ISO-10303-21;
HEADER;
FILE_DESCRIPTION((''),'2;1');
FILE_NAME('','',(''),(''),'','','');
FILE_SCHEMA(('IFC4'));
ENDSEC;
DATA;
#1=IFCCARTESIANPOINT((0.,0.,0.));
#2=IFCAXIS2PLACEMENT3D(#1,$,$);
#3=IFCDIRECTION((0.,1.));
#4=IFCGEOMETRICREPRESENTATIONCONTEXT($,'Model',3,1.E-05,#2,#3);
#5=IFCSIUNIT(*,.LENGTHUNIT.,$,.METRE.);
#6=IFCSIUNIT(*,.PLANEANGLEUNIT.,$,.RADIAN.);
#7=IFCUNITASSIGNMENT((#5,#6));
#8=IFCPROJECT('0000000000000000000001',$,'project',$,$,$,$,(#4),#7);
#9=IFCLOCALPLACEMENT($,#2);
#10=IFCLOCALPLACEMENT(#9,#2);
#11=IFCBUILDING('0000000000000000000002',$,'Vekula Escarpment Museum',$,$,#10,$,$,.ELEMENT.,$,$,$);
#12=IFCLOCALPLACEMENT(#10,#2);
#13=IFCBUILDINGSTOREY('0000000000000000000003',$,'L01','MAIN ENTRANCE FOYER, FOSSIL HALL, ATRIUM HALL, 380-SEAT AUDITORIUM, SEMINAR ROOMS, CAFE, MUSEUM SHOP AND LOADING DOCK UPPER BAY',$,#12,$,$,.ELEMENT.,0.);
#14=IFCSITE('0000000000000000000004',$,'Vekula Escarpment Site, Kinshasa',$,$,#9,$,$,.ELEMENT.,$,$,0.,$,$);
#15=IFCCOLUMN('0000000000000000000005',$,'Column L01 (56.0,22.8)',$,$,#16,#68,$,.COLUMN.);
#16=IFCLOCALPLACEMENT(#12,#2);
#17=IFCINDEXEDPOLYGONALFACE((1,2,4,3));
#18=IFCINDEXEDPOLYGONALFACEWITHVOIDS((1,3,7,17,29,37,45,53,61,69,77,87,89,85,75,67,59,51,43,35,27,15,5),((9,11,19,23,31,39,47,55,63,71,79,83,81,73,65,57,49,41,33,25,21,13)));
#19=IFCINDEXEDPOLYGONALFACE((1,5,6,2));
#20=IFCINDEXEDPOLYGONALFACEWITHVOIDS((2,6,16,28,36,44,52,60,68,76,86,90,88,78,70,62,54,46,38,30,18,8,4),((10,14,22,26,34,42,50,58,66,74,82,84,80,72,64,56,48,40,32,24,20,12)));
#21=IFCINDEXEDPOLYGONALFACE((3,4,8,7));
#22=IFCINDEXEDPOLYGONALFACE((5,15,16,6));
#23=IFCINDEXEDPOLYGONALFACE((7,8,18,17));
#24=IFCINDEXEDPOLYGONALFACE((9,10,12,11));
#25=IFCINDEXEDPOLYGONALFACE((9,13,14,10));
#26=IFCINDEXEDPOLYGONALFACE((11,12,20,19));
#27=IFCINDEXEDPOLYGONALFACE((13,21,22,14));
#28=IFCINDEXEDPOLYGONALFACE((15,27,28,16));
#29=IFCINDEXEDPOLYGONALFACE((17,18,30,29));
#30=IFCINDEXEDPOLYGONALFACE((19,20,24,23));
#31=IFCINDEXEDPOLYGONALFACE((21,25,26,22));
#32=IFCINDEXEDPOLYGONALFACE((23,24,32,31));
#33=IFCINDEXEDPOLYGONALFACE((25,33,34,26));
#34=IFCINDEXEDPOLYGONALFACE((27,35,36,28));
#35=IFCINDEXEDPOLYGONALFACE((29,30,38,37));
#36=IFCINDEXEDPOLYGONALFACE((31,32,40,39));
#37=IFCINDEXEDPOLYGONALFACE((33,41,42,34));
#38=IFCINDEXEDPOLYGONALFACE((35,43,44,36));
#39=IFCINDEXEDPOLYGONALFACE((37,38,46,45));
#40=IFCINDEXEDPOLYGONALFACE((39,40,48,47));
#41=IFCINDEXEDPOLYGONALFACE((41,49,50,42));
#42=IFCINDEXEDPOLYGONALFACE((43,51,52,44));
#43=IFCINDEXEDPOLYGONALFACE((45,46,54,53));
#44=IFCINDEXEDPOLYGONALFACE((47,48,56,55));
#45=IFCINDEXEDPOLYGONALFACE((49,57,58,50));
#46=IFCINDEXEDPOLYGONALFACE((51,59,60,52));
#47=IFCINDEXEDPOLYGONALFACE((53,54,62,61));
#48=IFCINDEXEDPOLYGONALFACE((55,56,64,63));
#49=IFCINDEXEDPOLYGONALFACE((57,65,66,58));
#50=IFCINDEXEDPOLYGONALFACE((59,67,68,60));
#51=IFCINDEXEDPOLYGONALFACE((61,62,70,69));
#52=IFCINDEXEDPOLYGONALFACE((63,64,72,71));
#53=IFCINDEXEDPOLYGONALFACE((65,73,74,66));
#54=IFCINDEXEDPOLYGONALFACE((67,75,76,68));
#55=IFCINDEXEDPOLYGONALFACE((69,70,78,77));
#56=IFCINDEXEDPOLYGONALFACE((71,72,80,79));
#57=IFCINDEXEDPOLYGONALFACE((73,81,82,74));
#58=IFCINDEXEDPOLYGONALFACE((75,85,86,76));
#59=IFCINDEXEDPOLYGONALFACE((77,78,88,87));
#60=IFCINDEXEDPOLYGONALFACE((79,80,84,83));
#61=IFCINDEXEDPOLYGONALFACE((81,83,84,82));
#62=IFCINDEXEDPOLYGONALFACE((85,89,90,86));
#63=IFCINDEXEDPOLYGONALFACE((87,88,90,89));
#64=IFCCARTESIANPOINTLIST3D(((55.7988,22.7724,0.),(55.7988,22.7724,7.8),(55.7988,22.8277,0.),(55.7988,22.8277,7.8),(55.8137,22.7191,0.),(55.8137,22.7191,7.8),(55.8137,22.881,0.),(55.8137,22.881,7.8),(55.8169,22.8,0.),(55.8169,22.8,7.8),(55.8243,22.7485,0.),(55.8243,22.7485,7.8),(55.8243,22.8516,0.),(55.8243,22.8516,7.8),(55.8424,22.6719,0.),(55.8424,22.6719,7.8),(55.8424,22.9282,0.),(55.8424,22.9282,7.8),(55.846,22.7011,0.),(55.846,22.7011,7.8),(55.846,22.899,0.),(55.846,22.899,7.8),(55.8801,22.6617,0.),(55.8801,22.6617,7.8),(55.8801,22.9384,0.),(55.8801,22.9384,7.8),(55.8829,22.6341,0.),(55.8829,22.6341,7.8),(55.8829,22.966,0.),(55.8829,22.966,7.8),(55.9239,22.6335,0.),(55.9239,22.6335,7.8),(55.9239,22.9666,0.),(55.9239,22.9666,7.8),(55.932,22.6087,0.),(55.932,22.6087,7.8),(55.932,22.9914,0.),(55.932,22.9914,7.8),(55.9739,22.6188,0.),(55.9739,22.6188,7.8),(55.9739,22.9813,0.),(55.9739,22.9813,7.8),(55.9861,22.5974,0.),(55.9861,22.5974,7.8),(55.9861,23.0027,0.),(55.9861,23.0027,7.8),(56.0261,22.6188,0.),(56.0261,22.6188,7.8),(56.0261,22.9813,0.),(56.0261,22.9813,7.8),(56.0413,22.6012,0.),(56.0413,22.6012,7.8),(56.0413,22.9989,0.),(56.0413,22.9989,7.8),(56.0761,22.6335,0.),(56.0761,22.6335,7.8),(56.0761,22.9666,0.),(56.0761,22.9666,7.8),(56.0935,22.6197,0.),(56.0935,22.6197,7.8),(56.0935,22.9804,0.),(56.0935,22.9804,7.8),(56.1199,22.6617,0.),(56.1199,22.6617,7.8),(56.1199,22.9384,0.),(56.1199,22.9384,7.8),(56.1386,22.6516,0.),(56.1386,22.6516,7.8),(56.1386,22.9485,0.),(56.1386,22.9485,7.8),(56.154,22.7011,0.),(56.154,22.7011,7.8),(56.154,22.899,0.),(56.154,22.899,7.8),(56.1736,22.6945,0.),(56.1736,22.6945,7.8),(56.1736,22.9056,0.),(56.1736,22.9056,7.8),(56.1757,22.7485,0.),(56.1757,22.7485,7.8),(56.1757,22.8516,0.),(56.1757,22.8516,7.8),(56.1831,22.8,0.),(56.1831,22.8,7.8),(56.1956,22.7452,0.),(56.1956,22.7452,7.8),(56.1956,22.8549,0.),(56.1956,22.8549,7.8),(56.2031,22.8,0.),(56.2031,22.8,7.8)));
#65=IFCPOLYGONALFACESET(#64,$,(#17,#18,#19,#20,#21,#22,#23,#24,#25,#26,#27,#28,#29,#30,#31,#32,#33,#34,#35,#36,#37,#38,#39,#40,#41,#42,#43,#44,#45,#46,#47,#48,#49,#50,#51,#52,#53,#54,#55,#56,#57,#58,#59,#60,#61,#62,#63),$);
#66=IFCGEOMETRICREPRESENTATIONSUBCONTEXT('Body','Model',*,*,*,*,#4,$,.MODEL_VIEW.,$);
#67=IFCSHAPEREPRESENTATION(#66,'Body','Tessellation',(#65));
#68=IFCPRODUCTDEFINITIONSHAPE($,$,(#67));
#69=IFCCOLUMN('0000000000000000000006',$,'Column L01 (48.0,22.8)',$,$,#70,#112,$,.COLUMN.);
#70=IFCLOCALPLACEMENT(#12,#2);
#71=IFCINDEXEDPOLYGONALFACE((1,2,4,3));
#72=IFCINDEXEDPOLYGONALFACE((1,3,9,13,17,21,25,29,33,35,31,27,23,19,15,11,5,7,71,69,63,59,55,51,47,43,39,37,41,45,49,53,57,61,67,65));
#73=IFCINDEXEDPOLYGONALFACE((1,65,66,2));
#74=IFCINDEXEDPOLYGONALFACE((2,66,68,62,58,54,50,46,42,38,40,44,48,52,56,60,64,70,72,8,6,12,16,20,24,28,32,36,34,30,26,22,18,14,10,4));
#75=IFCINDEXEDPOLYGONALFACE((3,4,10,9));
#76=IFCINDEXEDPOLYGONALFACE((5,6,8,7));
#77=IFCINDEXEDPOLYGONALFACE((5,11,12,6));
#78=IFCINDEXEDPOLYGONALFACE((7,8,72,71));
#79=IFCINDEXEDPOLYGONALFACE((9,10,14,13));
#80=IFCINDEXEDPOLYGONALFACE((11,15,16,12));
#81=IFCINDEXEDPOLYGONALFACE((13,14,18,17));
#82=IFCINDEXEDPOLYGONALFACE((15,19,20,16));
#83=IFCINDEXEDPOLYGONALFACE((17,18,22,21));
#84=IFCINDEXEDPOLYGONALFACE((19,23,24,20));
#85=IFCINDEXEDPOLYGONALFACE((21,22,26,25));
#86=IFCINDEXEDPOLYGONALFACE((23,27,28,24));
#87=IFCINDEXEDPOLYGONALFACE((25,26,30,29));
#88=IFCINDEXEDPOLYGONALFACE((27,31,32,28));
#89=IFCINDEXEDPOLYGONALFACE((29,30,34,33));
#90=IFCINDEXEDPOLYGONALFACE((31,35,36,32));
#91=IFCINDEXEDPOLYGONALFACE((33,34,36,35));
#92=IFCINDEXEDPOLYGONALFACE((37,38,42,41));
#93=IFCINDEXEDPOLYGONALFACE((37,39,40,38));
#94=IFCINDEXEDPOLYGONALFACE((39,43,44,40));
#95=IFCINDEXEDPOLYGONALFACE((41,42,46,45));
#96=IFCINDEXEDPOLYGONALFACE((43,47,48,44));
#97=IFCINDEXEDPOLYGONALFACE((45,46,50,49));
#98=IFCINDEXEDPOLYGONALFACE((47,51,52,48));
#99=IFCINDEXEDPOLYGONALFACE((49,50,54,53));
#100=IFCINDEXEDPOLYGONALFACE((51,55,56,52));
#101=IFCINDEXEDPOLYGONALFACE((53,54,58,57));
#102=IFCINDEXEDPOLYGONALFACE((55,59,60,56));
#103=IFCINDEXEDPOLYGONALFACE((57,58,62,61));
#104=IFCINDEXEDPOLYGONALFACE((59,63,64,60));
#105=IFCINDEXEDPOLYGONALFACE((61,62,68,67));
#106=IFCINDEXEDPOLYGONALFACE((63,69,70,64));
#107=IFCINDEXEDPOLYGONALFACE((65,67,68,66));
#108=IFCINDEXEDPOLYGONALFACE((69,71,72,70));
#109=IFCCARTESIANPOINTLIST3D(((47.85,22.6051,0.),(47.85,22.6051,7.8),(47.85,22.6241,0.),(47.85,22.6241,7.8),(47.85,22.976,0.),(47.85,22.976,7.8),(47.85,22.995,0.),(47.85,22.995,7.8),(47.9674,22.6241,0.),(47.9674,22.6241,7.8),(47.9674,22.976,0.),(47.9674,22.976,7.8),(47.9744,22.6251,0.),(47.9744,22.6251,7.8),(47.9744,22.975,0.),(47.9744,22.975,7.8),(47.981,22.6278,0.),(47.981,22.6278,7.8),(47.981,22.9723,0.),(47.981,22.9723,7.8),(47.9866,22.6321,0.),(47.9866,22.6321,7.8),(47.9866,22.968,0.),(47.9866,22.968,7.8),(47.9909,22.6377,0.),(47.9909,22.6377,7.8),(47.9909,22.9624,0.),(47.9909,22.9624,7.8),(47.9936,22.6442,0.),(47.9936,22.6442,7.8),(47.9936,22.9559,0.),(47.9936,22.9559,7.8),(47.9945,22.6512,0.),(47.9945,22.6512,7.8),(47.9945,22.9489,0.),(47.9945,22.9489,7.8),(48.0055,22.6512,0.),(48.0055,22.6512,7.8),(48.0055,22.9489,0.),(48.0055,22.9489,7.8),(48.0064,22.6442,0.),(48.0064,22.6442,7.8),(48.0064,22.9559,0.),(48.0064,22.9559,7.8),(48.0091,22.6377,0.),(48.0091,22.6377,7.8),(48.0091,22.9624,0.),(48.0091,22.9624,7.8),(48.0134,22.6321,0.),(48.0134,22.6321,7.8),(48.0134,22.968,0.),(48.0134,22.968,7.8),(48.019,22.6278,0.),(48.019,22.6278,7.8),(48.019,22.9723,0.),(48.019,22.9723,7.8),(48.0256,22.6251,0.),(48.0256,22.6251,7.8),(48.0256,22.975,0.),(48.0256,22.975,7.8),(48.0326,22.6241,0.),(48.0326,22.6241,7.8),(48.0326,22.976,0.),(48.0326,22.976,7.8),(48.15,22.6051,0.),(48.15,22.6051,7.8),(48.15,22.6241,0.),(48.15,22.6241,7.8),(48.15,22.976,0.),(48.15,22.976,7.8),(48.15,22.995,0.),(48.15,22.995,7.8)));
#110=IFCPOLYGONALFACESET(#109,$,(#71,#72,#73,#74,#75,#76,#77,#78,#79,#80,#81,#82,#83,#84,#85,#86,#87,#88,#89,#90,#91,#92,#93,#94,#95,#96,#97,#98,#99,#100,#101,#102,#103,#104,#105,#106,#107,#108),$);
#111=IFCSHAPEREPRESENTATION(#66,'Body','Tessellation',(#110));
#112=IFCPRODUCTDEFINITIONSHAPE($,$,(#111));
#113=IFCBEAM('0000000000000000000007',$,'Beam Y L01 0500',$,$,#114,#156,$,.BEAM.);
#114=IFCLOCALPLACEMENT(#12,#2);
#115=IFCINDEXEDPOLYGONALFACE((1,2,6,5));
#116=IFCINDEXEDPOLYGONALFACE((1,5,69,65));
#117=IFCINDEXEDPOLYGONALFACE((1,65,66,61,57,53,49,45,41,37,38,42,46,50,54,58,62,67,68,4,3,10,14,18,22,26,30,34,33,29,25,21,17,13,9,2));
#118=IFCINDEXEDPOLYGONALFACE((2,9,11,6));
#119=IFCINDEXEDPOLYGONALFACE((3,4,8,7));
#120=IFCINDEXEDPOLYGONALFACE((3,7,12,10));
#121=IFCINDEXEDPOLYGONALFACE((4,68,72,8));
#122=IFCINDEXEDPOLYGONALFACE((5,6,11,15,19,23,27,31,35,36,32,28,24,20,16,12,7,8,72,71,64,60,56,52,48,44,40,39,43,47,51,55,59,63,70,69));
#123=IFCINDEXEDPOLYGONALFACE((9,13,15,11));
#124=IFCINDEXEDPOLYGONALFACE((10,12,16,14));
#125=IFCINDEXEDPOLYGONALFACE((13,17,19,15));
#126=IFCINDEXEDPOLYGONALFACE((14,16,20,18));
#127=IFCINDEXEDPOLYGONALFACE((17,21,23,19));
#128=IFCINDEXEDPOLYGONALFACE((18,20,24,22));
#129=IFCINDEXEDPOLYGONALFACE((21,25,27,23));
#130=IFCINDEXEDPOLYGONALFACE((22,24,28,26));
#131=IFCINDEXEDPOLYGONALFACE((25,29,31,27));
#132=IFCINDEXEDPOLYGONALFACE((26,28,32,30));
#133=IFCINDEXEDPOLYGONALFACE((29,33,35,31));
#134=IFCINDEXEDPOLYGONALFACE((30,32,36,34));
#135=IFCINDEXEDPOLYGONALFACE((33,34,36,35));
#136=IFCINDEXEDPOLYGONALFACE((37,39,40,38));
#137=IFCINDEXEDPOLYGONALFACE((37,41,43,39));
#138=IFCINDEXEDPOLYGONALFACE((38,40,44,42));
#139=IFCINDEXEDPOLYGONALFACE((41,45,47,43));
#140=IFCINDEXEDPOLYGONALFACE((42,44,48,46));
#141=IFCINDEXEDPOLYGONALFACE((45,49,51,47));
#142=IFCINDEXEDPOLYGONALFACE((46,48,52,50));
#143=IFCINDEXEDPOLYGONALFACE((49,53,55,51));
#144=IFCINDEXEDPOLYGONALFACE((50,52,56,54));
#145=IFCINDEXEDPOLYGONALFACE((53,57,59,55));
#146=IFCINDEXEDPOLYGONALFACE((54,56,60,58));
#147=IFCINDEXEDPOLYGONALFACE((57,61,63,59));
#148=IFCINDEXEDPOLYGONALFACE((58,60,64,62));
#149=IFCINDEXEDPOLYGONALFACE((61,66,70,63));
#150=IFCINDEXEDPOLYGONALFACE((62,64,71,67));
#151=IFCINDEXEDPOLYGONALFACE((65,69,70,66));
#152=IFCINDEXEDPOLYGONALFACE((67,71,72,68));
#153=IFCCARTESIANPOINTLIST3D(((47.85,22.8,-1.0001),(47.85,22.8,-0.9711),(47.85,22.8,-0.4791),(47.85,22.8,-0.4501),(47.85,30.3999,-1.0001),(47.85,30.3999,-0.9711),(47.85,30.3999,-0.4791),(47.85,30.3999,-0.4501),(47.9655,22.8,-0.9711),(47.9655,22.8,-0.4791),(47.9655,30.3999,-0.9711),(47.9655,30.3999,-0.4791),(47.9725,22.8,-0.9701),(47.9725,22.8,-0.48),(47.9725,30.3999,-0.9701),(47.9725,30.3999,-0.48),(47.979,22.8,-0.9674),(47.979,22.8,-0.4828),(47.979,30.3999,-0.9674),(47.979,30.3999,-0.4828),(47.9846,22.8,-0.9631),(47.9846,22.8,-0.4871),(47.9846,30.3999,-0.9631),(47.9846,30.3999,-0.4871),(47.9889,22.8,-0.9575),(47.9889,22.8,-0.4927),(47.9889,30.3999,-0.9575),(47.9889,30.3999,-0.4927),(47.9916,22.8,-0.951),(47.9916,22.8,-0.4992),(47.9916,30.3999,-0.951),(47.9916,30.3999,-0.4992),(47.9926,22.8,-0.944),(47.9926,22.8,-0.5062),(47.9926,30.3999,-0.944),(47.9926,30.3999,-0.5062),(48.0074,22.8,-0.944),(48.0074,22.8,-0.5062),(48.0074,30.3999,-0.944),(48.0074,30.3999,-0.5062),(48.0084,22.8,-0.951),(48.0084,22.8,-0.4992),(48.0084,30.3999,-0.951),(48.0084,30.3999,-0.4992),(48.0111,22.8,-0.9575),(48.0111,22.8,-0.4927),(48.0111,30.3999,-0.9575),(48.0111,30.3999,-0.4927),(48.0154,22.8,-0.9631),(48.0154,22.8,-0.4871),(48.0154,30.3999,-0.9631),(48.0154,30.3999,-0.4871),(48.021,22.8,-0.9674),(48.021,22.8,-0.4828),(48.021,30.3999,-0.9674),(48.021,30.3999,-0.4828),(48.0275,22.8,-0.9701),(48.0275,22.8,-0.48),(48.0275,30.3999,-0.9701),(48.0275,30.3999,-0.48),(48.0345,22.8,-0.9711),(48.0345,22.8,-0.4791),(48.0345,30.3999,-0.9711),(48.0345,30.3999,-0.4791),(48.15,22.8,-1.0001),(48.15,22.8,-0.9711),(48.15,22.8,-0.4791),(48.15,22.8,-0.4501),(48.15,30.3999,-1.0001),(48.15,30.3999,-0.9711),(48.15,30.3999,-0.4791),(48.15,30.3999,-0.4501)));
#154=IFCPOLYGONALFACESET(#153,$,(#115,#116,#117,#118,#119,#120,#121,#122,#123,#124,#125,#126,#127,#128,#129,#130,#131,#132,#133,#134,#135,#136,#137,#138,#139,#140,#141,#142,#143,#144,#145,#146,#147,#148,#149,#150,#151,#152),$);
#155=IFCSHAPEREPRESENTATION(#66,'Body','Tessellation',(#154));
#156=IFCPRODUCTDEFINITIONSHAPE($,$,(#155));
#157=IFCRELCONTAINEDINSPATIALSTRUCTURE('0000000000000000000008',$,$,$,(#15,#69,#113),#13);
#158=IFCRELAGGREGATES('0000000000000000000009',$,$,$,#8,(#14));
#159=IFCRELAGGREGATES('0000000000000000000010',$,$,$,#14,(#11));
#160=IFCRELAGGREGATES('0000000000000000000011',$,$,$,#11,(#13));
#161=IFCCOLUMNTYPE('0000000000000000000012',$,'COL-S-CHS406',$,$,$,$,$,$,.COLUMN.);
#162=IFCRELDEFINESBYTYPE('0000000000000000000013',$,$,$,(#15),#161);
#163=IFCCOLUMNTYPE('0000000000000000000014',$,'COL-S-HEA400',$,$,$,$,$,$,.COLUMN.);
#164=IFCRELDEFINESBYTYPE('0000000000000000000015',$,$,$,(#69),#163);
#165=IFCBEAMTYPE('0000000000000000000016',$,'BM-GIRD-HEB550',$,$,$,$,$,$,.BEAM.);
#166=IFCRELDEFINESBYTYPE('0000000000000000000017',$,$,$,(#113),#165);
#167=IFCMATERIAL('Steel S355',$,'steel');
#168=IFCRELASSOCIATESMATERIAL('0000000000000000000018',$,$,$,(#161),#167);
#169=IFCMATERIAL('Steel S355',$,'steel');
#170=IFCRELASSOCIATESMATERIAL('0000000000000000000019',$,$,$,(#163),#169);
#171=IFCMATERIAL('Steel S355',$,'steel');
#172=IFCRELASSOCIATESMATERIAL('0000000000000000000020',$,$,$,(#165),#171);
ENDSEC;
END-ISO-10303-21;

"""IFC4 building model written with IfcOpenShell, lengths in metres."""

from ifc_helpers import new_model, si_unit, direction, frame, origin, origin_2d, place, context, subcontext, project, spatial, hollow_circle, i_section, extrude, material, material_profile, profile_set, type_object, element, save


model = new_model("IFC4")

# Units and contexts
model_context = context("Model", 3, precision=1e-05, world=origin(), true_north=direction((0.0, 1.0)))
body_context = subcontext(model_context, "Body", "Model", "MODEL_VIEW")
ifc_project = project(units=[si_unit("LENGTHUNIT", "METRE"), si_unit("PLANEANGLEUNIT", "RADIAN")], contexts=[model_context])

# Site, building, storey
site_placement = place(None, origin())
site = spatial("IfcSite", under=ifc_project, at=site_placement, Name="Vekula Escarpment Site, Kinshasa", CompositionType="ELEMENT", RefElevation=0.0)
building_placement = place(site_placement, origin())
building = spatial("IfcBuilding", under=site, at=building_placement, Name="Vekula Escarpment Museum", CompositionType="ELEMENT")
storey_placement = place(building_placement, origin())
storey = spatial("IfcBuildingStorey", under=building, at=storey_placement, Name="L01", Description="MAIN ENTRANCE FOYER, FOSSIL HALL, ATRIUM HALL, 380-SEAT AUDITORIUM, SEMINAR ROOMS, CAFE, MUSEUM SHOP AND LOADING DOCK UPPER BAY", CompositionType="ELEMENT", Elevation=0.0)

# Columns
ifc_material_1 = material(Name="Steel S355", Category="steel")
ifc_material_profile_1 = material_profile(ifc_material_1, hollow_circle(Radius=0.2031, WallThickness=0.02, at=origin_2d()), Name="CHS 406.4x20")
ifc_profile_set_1 = profile_set([ifc_material_profile_1], Name="Steel S355")
column_type_1 = type_object("IfcColumnType", Name="COL-S-CHS406", PredefinedType="COLUMN", material=ifc_profile_set_1)
column_1_placement = place(storey_placement, frame((56.0, 22.8, 0.0), z_axis=(0.0, 0.0, 1.0), x_axis=(1.0, 0.0, 0.0)))
element("IfcColumn", 1, at=column_1_placement, inside=storey, type_object=column_type_1, Name="Column L01 (56.0,22.8)", PredefinedType="COLUMN", context=body_context, shape_type="SweptSolid", body=[
    extrude(hollow_circle(Radius=0.2031, WallThickness=0.02, at=origin_2d()), origin(), (0.0, 0.0, 1.0), 7.8),
])
ifc_material_2 = material(Name="Steel S355", Category="steel")
ifc_material_profile_2 = material_profile(ifc_material_2, i_section(OverallWidth=0.3, OverallDepth=0.3899, WebThickness=0.011, FlangeThickness=0.019, FilletRadius=0.0271, at=origin_2d()), Name="HEA 400")
ifc_profile_set_2 = profile_set([ifc_material_profile_2], Name="Steel S355")
column_type_2 = type_object("IfcColumnType", Name="COL-S-HEA400", PredefinedType="COLUMN", material=ifc_profile_set_2)
column_2_placement = place(storey_placement, frame((48.0, 22.8, 0.0), z_axis=(0.0, 0.0, 1.0), x_axis=(1.0, 0.0, 0.0)))
element("IfcColumn", 2, at=column_2_placement, inside=storey, type_object=column_type_2, Name="Column L01 (48.0,22.8)", PredefinedType="COLUMN", context=body_context, shape_type="SweptSolid", body=[
    extrude(i_section(OverallWidth=0.3, OverallDepth=0.3899, WebThickness=0.011, FlangeThickness=0.019, FilletRadius=0.0271, at=origin_2d()), origin(), (0.0, 0.0, 1.0), 7.8),
])

# Beam
ifc_material_3 = material(Name="Steel S355", Category="steel")
ifc_material_profile_3 = material_profile(ifc_material_3, i_section(OverallWidth=0.3, OverallDepth=0.55, WebThickness=0.0149, FlangeThickness=0.0291, FilletRadius=0.0271, at=origin_2d()), Name="HEB 550")
ifc_profile_set_3 = profile_set([ifc_material_profile_3], Name="Steel S355")
beam_type_1 = type_object("IfcBeamType", Name="BM-GIRD-HEB550", PredefinedType="BEAM", material=ifc_profile_set_3)
beam_1_placement = place(storey_placement, frame((48.0, 22.8, -0.7251), z_axis=(0.0, 1.0, 0.0), x_axis=(-1.0, 0.0, 0.0)))
element("IfcBeam", 3, at=beam_1_placement, inside=storey, type_object=beam_type_1, Name="Beam Y L01 0500", PredefinedType="BEAM", context=body_context, shape_type="SweptSolid", body=[
    extrude(i_section(OverallWidth=0.3, OverallDepth=0.55, WebThickness=0.0149, FlangeThickness=0.0291, FilletRadius=0.0271, at=origin_2d()), origin(), (0.0, 0.0, 1.0), 7.5999),
])

save(model, "model.ifc")
